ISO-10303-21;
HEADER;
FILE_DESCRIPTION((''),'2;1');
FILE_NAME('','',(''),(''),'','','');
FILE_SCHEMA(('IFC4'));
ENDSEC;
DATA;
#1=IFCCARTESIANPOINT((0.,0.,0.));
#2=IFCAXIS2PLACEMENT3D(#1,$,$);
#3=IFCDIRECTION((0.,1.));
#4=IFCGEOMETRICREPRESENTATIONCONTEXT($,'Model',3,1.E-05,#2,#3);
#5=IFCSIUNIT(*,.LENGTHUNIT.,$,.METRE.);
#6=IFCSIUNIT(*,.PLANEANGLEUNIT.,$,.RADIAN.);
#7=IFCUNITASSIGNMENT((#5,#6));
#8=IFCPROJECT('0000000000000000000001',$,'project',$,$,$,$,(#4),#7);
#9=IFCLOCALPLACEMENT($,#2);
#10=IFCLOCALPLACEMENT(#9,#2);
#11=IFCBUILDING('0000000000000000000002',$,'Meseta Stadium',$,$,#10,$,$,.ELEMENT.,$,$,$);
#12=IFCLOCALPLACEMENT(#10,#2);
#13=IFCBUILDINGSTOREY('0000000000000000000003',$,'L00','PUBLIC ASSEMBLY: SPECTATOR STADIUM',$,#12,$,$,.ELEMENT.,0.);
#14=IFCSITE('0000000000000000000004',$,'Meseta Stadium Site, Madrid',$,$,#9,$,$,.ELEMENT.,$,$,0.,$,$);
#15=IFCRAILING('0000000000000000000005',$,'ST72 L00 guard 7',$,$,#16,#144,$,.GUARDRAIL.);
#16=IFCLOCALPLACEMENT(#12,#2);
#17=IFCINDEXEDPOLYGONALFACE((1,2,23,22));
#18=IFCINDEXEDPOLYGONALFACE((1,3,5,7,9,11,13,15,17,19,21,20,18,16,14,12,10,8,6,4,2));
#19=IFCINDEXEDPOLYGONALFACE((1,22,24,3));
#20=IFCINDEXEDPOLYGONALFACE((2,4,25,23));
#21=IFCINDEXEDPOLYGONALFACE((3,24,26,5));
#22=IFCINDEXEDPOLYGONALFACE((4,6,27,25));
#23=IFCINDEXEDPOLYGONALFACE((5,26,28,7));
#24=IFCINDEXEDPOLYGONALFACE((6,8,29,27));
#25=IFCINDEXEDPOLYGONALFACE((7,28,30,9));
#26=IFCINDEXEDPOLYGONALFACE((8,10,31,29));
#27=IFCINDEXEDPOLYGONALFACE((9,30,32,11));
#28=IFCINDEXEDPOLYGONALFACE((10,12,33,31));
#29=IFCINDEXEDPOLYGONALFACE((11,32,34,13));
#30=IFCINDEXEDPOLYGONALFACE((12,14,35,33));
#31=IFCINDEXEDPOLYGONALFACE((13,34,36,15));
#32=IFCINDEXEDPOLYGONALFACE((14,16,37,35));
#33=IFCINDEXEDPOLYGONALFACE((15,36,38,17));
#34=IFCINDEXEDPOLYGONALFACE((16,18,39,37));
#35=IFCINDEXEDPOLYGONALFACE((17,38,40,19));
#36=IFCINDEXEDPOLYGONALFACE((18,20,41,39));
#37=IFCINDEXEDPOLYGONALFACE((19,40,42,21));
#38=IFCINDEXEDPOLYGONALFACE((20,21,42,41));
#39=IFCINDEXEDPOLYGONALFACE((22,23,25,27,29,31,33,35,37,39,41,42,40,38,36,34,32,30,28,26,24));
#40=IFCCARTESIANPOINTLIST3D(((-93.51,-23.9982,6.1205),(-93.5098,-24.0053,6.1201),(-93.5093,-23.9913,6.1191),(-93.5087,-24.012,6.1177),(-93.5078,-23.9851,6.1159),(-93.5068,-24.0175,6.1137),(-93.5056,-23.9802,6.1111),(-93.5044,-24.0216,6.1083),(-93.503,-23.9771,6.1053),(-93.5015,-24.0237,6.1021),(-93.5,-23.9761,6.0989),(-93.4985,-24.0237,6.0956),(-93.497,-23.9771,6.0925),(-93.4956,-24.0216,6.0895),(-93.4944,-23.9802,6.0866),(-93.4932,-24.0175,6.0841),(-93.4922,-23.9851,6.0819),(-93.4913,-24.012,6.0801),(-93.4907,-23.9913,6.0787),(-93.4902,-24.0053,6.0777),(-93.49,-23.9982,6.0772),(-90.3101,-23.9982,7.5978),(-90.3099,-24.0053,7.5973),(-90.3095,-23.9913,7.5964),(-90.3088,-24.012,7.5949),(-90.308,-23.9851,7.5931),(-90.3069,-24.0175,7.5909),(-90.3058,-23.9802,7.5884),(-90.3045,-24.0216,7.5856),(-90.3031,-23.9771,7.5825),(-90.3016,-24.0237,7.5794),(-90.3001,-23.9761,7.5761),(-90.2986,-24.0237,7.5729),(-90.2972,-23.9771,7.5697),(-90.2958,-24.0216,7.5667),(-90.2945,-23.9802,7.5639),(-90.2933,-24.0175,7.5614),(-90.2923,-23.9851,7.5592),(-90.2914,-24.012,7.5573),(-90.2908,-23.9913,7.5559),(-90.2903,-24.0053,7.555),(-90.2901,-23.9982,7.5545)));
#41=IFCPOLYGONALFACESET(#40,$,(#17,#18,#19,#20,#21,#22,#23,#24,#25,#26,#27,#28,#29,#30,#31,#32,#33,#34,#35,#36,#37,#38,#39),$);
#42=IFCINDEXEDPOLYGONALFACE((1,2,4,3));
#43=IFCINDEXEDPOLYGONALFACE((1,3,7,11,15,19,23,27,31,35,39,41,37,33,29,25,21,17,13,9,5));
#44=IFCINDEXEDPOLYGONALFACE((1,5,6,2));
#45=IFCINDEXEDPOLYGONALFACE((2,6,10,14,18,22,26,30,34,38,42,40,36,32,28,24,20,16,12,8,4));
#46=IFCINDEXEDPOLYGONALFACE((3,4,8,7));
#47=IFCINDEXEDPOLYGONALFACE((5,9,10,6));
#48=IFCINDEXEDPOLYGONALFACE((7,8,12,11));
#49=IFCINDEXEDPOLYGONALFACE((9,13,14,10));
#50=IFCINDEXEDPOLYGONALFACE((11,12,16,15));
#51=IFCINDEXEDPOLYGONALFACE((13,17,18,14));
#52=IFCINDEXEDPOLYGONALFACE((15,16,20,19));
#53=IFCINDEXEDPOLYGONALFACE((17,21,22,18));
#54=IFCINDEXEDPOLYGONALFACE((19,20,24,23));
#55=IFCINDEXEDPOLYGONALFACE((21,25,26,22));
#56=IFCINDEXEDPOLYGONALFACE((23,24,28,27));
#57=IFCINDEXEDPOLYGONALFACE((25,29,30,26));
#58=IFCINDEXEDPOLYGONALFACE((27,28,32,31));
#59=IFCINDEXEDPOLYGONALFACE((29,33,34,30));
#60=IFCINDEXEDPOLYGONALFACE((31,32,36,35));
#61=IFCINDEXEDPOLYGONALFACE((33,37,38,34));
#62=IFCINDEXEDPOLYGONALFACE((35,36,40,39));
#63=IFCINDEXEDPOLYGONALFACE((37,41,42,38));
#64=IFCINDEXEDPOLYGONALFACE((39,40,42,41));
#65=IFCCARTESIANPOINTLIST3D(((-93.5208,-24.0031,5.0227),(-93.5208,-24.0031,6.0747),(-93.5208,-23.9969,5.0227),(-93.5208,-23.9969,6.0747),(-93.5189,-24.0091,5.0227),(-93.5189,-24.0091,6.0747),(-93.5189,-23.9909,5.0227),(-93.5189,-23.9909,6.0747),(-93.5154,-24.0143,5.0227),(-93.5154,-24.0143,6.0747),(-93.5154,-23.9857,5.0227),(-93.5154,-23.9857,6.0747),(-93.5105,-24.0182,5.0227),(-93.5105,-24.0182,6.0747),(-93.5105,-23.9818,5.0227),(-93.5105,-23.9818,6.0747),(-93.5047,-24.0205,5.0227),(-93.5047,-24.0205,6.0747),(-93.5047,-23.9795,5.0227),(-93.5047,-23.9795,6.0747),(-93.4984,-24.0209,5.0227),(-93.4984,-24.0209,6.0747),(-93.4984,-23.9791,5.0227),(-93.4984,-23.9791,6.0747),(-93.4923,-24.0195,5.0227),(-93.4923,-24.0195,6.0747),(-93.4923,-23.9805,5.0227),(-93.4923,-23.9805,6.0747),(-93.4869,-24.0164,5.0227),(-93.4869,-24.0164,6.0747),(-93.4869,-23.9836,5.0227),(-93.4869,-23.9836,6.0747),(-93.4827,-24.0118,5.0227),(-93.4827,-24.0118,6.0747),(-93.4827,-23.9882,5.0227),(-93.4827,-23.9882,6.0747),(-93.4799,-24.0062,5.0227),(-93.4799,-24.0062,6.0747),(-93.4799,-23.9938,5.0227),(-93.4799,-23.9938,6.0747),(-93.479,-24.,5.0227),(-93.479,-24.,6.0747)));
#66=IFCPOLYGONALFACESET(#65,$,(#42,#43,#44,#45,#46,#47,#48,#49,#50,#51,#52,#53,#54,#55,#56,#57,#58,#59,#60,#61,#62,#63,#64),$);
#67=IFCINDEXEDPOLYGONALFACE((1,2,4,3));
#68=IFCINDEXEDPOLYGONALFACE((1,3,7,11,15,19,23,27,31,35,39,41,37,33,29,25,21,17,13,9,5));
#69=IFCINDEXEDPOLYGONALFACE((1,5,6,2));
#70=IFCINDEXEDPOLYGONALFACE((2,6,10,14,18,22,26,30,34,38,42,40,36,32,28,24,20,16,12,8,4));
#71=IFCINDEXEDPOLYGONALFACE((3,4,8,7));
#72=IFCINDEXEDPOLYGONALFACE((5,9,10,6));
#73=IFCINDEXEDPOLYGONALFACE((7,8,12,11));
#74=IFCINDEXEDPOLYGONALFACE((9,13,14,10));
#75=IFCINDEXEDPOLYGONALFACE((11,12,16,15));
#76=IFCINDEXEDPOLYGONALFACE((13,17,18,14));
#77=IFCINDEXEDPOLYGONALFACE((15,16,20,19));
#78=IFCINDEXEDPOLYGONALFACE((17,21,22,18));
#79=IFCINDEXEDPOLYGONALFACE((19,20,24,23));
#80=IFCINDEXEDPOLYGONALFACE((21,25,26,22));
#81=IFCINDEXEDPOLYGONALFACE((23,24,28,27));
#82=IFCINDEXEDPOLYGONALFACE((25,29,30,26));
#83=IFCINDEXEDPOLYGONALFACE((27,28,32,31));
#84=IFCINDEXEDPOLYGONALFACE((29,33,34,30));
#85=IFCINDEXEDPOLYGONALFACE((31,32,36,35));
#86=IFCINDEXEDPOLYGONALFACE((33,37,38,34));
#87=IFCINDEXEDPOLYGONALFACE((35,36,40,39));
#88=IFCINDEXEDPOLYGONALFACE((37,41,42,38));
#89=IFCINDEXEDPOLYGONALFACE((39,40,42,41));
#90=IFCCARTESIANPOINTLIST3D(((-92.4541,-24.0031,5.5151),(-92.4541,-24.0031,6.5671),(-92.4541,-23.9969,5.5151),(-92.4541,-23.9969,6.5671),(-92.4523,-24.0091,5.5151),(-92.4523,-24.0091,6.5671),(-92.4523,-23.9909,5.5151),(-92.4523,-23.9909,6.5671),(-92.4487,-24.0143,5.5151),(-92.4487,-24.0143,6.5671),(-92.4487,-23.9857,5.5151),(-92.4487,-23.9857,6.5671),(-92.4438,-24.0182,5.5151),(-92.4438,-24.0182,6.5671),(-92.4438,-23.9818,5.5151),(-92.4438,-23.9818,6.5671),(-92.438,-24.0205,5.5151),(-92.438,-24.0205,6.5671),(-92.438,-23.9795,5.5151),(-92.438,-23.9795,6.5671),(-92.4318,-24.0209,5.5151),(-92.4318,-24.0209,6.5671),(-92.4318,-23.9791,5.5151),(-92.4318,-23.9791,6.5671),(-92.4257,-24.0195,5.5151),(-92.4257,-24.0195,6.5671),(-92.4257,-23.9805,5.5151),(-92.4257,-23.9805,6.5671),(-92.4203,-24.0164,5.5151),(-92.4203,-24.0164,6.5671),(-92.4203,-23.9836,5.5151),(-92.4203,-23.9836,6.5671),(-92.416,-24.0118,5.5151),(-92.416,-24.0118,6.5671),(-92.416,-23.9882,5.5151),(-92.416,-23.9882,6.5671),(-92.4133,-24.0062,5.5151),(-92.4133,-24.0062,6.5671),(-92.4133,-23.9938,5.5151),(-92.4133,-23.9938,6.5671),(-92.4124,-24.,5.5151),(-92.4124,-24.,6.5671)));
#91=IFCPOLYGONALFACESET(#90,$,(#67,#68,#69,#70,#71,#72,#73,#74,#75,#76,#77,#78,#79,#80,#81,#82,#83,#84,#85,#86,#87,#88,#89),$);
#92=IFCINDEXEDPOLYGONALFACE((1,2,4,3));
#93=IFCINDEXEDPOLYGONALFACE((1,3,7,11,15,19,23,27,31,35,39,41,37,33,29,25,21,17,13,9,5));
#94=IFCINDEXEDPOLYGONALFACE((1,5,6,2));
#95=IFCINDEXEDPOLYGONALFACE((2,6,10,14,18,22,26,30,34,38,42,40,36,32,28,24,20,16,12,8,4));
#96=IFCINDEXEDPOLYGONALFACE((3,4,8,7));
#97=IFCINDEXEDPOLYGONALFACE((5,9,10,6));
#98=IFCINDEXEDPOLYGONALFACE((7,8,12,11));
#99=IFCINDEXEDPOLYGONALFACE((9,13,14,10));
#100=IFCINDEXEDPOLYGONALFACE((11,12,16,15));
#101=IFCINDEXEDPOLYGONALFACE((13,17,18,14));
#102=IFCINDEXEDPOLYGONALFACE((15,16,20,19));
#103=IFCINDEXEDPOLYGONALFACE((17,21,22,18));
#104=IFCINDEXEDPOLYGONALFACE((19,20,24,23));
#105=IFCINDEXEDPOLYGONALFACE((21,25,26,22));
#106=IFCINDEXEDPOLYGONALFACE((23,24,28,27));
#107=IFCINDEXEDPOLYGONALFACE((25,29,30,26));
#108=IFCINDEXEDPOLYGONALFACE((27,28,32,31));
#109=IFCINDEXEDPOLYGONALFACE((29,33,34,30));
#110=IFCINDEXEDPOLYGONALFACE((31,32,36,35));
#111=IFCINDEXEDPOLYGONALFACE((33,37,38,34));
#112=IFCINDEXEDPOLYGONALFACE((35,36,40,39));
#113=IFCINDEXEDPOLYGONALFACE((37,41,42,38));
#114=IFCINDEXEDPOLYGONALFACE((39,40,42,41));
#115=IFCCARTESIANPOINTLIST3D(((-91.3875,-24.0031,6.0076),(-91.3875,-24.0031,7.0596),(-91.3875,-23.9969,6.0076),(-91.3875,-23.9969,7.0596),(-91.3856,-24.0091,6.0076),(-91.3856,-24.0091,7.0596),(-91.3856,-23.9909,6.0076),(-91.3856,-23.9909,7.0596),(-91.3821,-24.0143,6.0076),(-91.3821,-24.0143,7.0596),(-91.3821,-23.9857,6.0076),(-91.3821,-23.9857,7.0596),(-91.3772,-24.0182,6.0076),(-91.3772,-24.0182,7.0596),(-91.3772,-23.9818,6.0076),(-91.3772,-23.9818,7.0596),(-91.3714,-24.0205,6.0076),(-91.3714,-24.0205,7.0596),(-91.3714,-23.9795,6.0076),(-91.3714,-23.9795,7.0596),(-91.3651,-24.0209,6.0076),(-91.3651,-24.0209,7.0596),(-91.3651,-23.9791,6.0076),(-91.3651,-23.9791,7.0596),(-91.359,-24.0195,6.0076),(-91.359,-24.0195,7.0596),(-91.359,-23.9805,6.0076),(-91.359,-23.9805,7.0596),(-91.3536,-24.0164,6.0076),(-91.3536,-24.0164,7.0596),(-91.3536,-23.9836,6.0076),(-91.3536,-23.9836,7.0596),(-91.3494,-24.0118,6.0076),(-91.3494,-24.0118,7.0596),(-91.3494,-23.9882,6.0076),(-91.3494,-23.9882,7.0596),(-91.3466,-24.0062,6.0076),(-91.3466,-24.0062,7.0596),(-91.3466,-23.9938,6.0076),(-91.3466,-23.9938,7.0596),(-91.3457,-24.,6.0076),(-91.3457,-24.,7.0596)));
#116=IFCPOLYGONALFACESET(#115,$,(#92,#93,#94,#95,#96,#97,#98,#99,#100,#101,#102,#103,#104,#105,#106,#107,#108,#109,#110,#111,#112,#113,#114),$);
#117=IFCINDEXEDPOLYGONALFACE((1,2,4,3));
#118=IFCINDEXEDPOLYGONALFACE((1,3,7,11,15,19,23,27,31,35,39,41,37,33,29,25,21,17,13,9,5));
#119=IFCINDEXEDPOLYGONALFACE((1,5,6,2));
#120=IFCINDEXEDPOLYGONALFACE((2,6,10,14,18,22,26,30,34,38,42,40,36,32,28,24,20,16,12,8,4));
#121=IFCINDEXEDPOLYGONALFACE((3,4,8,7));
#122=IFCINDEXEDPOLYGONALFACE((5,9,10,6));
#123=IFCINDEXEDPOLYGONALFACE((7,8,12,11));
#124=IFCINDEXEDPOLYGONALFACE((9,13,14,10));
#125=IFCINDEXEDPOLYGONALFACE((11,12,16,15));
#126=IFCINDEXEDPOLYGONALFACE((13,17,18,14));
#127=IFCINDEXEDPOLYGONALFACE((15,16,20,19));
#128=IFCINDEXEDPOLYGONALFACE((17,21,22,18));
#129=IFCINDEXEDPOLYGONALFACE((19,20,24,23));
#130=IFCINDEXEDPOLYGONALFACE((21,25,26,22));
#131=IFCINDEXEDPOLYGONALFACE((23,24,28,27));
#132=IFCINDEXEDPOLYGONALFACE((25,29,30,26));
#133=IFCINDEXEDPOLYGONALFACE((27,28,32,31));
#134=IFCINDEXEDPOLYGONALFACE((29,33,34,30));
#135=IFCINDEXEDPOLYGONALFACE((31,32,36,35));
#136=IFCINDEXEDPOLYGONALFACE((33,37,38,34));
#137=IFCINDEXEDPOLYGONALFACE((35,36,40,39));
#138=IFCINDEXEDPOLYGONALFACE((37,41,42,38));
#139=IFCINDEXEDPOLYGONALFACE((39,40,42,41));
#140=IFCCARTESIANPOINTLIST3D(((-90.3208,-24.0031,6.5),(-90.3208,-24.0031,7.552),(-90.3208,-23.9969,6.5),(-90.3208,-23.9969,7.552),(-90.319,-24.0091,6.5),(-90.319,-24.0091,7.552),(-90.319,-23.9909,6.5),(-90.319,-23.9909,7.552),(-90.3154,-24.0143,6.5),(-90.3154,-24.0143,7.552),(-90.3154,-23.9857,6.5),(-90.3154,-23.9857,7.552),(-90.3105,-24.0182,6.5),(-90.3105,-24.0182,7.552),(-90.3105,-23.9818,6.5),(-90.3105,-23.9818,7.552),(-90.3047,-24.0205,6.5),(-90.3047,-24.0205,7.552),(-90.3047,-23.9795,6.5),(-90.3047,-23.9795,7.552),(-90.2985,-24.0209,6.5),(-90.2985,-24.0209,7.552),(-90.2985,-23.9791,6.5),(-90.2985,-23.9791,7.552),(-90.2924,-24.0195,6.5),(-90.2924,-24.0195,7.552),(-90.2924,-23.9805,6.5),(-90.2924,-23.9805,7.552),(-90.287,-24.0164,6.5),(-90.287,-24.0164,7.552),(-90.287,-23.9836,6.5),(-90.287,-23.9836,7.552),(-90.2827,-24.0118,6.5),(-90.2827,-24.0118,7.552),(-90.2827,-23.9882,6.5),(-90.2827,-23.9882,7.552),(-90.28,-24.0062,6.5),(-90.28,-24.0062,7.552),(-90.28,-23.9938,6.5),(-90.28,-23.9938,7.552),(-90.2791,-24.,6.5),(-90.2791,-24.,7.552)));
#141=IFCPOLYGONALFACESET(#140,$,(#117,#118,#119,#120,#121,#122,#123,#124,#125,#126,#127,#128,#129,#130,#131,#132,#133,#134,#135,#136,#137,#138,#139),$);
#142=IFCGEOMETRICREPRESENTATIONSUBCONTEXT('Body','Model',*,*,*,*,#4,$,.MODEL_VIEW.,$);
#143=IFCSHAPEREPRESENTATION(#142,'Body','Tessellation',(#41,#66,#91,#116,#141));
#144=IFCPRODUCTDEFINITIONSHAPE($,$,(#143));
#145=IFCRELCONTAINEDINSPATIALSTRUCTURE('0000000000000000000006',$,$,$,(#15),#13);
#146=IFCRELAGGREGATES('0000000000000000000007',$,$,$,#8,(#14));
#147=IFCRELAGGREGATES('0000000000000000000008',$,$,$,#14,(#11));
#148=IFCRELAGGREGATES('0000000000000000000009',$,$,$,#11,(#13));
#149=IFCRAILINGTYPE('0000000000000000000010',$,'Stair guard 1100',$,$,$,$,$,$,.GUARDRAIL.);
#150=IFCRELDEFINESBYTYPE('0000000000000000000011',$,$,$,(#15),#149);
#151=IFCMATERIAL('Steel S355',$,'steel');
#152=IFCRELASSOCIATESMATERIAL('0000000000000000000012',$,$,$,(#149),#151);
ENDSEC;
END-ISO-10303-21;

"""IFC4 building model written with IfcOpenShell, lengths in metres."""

from ifc_helpers import new_model, si_unit, direction, frame, origin, origin_2d, place, context, subcontext, project, spatial, circle, extrude, material, type_object, element, save


model = new_model("IFC4")

# Units and contexts
model_context = context("Model", 3, precision=1e-05, world=origin(), true_north=direction((0.0, 1.0)))
body_context = subcontext(model_context, "Body", "Model", "MODEL_VIEW")
ifc_project = project(units=[si_unit("LENGTHUNIT", "METRE"), si_unit("PLANEANGLEUNIT", "RADIAN")], contexts=[model_context])

# Site, building, storey
site_placement = place(None, origin())
site = spatial("IfcSite", under=ifc_project, at=site_placement, Name="Meseta Stadium Site, Madrid", CompositionType="ELEMENT", RefElevation=0.0)
building_placement = place(site_placement, origin())
building = spatial("IfcBuilding", under=site, at=building_placement, Name="Meseta Stadium", CompositionType="ELEMENT")
storey_placement = place(building_placement, origin())
storey = spatial("IfcBuildingStorey", under=building, at=storey_placement, Name="L00", Description="PUBLIC ASSEMBLY: SPECTATOR STADIUM", CompositionType="ELEMENT", Elevation=0.0)

# Railing
ifc_material_1 = material(Name="Steel S355", Category="steel")
railing_type_1 = type_object("IfcRailingType", Name="Stair guard 1100", PredefinedType="GUARDRAIL", material=ifc_material_1)
railing_1_placement = place(storey_placement, frame((-93.5, -24.0, 5.0227)))
element("IfcRailing", 1, at=railing_1_placement, inside=storey, type_object=railing_type_1, Name="ST72 L00 guard 7", PredefinedType="GUARDRAIL", context=body_context, shape_type="SweptSolid", body=[
    extrude(circle(Radius=0.0239, at=origin_2d()), frame((0.0, 0.0, 1.0762), z_axis=(0.907917, 0.0, 0.41915), x_axis=(0.0, 1.0, 0.0)), (0.0, 0.0, 1.0), 3.5244),
    extrude(circle(Radius=0.021, at=origin_2d()), origin(), (0.0, 0.0, 1.0), 1.052),
    extrude(circle(Radius=0.021, at=origin_2d()), frame((1.0667, 0.0, 0.4924)), (0.0, 0.0, 1.0), 1.052),
    extrude(circle(Radius=0.021, at=origin_2d()), frame((2.1333, 0.0, 0.9849)), (0.0, 0.0, 1.0), 1.052),
    extrude(circle(Radius=0.021, at=origin_2d()), frame((3.2, 0.0, 1.4773)), (0.0, 0.0, 1.0), 1.052),
])

save(model, "model.ifc")
